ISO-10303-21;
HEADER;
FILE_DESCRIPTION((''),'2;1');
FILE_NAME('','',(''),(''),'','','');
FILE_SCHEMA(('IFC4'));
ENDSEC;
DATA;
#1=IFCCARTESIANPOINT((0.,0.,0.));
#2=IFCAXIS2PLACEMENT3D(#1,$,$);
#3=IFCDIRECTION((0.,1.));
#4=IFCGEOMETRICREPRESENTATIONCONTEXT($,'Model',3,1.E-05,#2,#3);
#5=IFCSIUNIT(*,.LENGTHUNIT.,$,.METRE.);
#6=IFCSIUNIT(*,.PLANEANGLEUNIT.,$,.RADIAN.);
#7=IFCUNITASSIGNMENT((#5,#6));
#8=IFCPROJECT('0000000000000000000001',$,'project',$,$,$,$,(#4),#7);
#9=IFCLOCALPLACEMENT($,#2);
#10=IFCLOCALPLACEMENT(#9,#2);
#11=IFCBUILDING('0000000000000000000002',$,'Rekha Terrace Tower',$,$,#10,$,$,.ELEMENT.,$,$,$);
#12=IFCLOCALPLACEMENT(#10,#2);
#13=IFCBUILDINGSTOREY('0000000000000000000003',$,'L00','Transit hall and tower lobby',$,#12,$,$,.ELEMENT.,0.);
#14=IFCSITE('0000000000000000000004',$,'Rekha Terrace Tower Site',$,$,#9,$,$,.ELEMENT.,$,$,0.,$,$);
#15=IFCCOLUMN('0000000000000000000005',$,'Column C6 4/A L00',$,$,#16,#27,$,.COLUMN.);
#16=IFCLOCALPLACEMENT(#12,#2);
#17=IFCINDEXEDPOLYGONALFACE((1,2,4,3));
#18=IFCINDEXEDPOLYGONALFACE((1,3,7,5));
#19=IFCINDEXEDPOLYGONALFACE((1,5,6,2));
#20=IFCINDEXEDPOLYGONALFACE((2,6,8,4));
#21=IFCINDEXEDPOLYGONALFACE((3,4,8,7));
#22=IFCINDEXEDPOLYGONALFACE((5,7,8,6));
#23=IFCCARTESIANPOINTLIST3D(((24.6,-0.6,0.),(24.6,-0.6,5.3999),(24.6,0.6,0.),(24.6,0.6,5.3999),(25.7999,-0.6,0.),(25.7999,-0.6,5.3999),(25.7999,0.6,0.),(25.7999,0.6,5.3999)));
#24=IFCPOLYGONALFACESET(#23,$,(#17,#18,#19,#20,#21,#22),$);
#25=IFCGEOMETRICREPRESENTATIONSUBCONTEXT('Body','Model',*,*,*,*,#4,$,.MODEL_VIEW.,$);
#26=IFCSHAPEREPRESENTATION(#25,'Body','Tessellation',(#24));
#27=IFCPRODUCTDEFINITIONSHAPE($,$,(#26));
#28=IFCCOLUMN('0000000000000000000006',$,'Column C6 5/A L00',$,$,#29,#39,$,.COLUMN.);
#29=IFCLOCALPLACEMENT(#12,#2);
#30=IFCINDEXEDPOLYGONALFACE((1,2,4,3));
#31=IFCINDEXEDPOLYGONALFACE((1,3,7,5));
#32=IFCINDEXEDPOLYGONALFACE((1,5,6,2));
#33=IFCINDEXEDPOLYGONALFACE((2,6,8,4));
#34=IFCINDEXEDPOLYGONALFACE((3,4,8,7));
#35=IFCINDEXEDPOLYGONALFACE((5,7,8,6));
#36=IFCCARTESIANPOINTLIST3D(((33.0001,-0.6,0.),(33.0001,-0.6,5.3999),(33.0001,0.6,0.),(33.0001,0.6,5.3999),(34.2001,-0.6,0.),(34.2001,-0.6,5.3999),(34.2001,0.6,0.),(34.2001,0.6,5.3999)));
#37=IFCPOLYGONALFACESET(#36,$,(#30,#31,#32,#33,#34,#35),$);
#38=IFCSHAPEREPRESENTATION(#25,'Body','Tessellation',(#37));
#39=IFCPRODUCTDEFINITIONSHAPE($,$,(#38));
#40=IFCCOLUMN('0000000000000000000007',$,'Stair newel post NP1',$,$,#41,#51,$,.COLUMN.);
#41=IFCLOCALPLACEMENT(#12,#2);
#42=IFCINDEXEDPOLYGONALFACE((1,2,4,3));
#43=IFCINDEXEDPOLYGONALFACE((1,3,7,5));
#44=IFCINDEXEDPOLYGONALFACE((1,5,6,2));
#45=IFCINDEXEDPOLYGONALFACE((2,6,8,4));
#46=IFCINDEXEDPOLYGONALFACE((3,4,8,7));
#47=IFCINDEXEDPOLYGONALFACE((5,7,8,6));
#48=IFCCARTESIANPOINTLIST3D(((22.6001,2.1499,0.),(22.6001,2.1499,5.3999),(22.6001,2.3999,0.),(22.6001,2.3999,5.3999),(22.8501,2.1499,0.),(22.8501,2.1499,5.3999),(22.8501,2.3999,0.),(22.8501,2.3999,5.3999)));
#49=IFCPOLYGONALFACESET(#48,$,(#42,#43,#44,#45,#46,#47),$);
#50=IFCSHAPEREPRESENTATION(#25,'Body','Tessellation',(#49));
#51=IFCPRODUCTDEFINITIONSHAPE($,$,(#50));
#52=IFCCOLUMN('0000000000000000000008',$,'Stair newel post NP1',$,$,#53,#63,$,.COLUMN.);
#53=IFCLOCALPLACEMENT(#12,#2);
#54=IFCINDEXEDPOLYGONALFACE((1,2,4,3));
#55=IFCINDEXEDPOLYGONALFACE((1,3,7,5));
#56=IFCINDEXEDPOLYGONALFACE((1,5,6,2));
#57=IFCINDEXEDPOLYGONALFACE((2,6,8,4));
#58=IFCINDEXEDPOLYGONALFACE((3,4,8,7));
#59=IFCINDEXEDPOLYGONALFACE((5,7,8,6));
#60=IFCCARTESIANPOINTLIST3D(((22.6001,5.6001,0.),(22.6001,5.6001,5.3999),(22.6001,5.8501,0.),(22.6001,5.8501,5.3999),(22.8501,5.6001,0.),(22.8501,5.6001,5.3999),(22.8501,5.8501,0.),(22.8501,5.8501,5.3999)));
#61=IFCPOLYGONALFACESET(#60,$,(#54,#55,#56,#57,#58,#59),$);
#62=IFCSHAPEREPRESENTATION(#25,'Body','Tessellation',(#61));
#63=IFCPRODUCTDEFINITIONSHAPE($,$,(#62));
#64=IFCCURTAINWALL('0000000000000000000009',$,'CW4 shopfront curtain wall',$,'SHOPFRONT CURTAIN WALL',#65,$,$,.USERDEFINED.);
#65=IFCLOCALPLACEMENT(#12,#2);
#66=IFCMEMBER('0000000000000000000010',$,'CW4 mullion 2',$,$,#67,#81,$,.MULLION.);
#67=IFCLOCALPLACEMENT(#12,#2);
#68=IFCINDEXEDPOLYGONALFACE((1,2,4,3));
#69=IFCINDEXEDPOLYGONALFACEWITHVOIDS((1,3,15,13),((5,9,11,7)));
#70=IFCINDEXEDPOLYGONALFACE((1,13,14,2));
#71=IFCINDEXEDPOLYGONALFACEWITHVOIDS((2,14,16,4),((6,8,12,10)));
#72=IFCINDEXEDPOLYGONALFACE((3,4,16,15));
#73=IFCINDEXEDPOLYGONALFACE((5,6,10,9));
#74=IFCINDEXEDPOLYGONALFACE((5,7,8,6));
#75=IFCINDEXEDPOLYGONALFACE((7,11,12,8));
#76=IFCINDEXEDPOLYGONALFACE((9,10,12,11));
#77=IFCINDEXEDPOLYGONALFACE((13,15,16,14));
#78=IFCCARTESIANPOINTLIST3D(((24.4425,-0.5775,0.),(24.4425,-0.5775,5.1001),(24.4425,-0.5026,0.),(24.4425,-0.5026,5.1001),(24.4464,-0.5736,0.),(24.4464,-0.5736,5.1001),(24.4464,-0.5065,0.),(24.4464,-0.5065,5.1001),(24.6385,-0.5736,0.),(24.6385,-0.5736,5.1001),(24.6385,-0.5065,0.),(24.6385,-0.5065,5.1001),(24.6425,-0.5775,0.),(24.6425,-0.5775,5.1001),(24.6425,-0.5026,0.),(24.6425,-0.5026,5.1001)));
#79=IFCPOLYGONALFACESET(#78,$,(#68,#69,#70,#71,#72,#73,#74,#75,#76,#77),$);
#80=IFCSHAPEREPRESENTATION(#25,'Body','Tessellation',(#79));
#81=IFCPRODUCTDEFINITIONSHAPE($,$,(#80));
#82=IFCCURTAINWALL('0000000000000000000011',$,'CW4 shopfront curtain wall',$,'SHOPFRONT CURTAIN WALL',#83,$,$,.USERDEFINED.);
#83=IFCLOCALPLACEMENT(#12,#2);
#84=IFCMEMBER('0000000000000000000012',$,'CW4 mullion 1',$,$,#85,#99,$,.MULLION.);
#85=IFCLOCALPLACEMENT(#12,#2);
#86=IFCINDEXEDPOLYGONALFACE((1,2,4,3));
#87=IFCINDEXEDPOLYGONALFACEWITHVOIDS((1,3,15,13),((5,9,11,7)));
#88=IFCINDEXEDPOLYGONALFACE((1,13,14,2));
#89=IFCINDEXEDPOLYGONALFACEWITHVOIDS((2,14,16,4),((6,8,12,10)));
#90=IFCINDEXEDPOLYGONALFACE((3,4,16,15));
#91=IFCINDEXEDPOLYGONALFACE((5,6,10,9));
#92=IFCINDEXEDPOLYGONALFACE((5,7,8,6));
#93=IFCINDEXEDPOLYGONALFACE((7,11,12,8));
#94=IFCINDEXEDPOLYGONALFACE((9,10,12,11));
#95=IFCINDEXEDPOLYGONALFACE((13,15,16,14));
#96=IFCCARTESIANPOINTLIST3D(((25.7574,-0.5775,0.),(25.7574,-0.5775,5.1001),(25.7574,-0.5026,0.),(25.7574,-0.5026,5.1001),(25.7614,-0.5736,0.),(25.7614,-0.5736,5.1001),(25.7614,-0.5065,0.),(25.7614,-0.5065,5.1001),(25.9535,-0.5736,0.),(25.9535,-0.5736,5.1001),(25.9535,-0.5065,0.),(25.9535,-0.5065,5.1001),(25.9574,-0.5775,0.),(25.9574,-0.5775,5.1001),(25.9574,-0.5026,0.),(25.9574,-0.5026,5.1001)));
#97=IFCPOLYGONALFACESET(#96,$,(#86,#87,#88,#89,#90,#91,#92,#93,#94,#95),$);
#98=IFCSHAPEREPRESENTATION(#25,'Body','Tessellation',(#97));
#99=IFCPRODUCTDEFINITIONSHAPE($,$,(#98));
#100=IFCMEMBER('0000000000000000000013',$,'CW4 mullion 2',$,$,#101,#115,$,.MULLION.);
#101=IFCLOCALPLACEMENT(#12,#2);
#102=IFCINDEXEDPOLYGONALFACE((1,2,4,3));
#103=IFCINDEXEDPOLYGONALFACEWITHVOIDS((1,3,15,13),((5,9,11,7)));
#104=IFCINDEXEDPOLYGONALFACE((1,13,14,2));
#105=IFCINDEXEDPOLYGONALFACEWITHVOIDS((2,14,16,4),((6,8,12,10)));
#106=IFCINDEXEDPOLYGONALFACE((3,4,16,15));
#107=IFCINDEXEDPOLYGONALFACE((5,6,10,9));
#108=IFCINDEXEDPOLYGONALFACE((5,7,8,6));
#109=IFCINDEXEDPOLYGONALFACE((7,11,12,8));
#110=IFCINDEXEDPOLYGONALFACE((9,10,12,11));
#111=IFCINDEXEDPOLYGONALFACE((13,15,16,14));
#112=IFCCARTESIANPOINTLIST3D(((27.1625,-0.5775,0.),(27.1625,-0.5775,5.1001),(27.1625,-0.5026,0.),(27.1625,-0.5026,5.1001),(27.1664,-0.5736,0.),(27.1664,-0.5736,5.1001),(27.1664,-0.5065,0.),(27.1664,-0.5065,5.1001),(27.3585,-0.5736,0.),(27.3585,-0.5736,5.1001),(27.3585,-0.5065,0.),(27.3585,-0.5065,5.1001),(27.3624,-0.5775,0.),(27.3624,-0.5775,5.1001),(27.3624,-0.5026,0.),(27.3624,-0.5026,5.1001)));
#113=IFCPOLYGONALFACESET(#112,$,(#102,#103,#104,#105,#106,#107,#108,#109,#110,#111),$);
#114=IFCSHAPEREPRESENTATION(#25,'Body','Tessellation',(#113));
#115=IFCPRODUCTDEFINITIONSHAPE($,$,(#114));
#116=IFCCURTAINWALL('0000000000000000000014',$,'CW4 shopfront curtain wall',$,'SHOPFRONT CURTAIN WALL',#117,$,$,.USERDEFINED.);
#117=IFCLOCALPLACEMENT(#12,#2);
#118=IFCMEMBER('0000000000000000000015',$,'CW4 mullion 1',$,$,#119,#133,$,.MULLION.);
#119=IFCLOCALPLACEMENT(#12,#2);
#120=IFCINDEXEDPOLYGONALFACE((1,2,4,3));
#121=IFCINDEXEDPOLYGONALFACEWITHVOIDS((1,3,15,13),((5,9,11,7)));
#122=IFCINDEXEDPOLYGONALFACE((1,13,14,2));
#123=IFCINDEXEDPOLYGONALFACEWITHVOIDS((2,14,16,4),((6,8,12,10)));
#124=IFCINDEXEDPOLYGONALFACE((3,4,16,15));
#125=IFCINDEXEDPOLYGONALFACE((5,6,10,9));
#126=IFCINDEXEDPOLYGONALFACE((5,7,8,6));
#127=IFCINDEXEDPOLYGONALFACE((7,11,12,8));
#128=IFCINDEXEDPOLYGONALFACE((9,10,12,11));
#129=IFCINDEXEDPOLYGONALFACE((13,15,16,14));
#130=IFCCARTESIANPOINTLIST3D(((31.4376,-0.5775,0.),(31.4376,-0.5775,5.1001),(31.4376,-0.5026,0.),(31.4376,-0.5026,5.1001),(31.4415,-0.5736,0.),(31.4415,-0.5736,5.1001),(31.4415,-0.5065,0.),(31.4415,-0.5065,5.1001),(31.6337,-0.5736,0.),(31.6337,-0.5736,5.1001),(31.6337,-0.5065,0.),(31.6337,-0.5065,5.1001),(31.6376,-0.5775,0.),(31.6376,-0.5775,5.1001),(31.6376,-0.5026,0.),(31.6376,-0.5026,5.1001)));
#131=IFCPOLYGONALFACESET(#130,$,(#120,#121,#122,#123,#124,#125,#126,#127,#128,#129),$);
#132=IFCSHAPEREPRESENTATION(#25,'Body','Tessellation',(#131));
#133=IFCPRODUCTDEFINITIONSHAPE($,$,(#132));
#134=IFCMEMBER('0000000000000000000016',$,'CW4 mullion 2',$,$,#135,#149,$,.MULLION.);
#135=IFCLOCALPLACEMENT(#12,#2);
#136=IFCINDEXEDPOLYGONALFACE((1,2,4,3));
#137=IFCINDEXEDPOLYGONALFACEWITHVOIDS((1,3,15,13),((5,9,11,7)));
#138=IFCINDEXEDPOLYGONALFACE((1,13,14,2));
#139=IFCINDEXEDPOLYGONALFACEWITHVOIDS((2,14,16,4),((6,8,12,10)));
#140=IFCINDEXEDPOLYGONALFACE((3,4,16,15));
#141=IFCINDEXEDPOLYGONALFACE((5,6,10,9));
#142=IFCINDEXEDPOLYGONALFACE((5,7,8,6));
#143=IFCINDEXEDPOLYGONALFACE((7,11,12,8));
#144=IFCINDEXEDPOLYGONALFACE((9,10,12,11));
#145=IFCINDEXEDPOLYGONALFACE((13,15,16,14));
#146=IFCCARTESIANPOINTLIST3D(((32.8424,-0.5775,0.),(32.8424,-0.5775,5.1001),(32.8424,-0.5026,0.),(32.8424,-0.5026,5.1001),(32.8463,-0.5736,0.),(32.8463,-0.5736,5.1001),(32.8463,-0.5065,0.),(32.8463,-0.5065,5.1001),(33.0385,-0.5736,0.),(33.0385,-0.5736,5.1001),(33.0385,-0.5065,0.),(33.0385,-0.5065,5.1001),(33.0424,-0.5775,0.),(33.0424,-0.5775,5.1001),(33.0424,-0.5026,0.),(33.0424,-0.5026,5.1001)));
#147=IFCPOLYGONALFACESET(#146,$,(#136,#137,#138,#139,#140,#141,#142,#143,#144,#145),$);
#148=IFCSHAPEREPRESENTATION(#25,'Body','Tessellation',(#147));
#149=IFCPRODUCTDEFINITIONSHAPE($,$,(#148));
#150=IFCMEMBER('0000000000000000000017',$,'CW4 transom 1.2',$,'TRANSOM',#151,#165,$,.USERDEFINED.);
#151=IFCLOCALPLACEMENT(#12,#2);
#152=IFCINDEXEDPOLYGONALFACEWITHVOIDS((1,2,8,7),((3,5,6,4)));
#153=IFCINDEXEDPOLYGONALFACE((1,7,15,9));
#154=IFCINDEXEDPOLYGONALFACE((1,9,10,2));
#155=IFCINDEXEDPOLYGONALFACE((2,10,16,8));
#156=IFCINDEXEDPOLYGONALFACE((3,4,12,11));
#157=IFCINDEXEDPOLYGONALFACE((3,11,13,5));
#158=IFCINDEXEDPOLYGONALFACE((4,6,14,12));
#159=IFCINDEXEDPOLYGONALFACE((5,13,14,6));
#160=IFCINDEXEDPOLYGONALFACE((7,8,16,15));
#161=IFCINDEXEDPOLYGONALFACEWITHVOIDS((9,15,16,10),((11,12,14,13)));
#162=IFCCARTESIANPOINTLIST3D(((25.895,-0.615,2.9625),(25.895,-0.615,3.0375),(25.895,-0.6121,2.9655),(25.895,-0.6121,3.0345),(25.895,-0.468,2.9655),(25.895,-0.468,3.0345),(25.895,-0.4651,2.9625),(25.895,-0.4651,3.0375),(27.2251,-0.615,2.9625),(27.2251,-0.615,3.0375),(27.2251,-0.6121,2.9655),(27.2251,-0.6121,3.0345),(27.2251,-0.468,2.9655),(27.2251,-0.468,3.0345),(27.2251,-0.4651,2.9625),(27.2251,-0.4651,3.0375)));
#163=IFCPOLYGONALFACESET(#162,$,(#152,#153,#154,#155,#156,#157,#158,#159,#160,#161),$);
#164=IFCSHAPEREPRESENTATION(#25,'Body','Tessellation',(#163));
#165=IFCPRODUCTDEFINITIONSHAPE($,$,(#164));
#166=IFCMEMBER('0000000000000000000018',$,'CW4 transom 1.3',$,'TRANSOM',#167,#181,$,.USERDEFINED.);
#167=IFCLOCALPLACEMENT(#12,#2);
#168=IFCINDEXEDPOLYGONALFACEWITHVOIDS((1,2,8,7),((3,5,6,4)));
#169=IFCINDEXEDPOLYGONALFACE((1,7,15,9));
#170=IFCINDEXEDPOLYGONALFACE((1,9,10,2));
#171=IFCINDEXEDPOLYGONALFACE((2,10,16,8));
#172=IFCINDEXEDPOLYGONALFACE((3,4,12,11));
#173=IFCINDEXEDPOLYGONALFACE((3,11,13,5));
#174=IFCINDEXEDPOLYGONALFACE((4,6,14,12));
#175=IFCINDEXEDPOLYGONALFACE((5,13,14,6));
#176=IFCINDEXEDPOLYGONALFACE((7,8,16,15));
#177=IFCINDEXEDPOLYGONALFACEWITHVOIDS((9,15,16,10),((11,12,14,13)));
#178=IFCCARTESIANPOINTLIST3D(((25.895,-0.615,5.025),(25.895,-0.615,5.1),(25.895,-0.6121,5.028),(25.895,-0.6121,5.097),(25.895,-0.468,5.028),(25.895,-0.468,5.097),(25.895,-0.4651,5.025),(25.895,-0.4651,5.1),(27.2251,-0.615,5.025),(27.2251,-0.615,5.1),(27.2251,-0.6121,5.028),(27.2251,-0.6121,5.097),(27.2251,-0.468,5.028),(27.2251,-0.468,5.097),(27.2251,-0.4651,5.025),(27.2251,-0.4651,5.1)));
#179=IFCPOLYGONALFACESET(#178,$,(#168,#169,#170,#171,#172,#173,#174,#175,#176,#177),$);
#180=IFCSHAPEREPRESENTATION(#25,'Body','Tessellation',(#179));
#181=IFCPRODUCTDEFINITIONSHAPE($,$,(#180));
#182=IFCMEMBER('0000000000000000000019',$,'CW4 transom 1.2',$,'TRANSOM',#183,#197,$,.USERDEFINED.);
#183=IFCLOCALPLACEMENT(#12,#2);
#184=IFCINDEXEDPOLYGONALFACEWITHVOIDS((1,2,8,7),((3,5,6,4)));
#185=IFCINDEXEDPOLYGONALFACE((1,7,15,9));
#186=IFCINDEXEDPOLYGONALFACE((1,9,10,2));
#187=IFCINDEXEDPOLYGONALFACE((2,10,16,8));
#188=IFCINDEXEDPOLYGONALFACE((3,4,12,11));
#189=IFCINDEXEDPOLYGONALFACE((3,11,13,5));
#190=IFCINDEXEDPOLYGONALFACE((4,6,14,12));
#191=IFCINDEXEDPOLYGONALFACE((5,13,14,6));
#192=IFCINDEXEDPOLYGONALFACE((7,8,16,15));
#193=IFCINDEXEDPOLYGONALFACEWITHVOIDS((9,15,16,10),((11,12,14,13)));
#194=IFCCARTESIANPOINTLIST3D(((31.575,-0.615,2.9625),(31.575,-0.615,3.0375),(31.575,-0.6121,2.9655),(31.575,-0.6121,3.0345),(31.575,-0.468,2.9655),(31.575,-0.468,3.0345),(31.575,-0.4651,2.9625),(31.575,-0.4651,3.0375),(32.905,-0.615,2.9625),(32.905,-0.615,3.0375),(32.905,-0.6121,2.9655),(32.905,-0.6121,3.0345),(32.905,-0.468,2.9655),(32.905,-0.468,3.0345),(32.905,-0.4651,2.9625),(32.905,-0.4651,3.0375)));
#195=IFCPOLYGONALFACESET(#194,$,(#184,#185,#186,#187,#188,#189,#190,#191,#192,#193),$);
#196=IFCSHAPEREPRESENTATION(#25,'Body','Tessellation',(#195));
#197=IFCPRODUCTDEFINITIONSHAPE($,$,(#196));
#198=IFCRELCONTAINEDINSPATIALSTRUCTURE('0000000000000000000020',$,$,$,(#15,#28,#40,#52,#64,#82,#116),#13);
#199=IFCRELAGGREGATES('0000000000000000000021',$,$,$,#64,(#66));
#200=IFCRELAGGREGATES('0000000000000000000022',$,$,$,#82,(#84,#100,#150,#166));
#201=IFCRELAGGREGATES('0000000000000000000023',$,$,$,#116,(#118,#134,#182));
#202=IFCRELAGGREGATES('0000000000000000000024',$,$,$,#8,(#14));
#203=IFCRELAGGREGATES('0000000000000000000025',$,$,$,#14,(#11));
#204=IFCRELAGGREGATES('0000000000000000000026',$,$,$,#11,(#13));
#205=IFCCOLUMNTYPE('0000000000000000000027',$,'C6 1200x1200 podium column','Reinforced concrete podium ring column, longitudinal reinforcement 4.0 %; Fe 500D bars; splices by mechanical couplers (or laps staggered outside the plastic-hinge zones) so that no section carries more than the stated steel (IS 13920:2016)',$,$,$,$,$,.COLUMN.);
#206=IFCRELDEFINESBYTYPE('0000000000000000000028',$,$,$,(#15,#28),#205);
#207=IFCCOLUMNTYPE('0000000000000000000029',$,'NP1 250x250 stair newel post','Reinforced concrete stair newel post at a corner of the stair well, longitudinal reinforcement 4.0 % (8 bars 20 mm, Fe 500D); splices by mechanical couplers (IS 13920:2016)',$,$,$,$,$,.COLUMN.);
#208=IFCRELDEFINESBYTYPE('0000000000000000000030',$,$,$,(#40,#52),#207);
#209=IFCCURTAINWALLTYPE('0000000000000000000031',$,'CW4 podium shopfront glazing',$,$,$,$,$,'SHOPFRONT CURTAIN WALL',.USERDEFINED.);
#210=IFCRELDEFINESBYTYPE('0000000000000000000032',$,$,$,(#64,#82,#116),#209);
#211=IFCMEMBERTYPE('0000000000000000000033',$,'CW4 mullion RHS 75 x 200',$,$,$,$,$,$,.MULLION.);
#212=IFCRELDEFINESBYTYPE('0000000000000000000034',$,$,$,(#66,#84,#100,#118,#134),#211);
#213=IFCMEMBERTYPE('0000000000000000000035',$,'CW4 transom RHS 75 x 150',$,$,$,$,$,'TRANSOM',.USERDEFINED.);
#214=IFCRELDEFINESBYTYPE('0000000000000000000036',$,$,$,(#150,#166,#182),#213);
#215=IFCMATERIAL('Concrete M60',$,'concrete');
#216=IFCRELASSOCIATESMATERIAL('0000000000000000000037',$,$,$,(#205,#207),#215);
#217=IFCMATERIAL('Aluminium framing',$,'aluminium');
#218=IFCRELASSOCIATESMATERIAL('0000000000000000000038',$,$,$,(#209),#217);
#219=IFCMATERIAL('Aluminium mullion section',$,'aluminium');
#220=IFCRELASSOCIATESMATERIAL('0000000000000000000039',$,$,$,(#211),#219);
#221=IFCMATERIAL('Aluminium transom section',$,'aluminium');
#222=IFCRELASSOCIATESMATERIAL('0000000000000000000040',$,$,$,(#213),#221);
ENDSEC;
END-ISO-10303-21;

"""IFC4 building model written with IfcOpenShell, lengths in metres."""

from ifc_helpers import new_model, si_unit, direction, frame, origin, origin_2d, place, context, subcontext, project, spatial, rectangle, hollow_rectangle, extrude, material, material_profile, profile_set, type_object, element, aggregate, save


model = new_model("IFC4")

# Units and contexts
model_context = context("Model", 3, precision=1e-05, world=origin(), true_north=direction((0.0, 1.0)))
body_context = subcontext(model_context, "Body", "Model", "MODEL_VIEW")
ifc_project = project(units=[si_unit("LENGTHUNIT", "METRE"), si_unit("PLANEANGLEUNIT", "RADIAN")], contexts=[model_context])

# Site, building, storey
site_placement = place(None, origin())
site = spatial("IfcSite", under=ifc_project, at=site_placement, Name="Rekha Terrace Tower Site", CompositionType="ELEMENT", RefElevation=0.0)
building_placement = place(site_placement, origin())
building = spatial("IfcBuilding", under=site, at=building_placement, Name="Rekha Terrace Tower", CompositionType="ELEMENT")
storey_placement = place(building_placement, origin())
storey = spatial("IfcBuildingStorey", under=building, at=storey_placement, Name="L00", Description="Transit hall and tower lobby", CompositionType="ELEMENT", Elevation=0.0)

# Columns
ifc_material_1 = material(Name="Concrete M60", Category="concrete")
ifc_material_profile_1 = material_profile(ifc_material_1, rectangle(XDim=1.2, YDim=1.2, at=origin_2d()), Name="RC 1200x1200")
ifc_profile_set_1 = profile_set([ifc_material_profile_1], Name="Concrete M60")
column_type_1 = type_object("IfcColumnType", Name="C6 1200x1200 podium column", Description="Reinforced concrete podium ring column, longitudinal reinforcement 4.0 %; Fe 500D bars; splices by mechanical couplers (or laps staggered outside the plastic-hinge zones) so that no section carries more than the stated steel (IS 13920:2016)", PredefinedType="COLUMN", material=ifc_profile_set_1)
for number, where, z_axis, x_axis, name in (
    (1, (25.2, 0.0, 0.0), (0.0, 0.0, 1.0), (1.0, 0.0, 0.0), "Column C6 4/A L00"),
    (2, (33.6001, 0.0, 0.0), (0.0, 0.0, 1.0), (1.0, 0.0, 0.0), "Column C6 5/A L00"),
):
    element("IfcColumn", number, at=place(storey_placement, frame(where, z_axis=z_axis, x_axis=x_axis)), inside=storey, type_object=column_type_1, Name=name, PredefinedType="COLUMN", context=body_context, shape_type="SweptSolid", body=[
        extrude(rectangle(XDim=1.2, YDim=1.2, at=origin_2d()), origin(), (0.0, 0.0, 1.0), 5.3999),
    ])
ifc_material_profile_2 = material_profile(ifc_material_1, rectangle(XDim=0.25, YDim=0.25, at=origin_2d()), Name="RC 250x250")
ifc_profile_set_2 = profile_set([ifc_material_profile_2], Name="Concrete M60")
column_type_2 = type_object("IfcColumnType", Name="NP1 250x250 stair newel post", Description="Reinforced concrete stair newel post at a corner of the stair well, longitudinal reinforcement 4.0 % (8 bars 20 mm, Fe 500D); splices by mechanical couplers (IS 13920:2016)", PredefinedType="COLUMN", material=ifc_profile_set_2)
for number, where, z_axis, x_axis, name in (
    (3, (22.7251, 2.2749, 0.0), (0.0, 0.0, 1.0), (1.0, 0.0, 0.0), "Stair newel post NP1"),
    (4, (22.7251, 5.7251, 0.0), (0.0, 0.0, 1.0), (1.0, 0.0, 0.0), "Stair newel post NP1"),
):
    element("IfcColumn", number, at=place(storey_placement, frame(where, z_axis=z_axis, x_axis=x_axis)), inside=storey, type_object=column_type_2, Name=name, PredefinedType="COLUMN", context=body_context, shape_type="SweptSolid", body=[
        extrude(rectangle(XDim=0.25, YDim=0.25, at=origin_2d()), origin(), (0.0, 0.0, 1.0), 5.3999),
    ])

# Curtain wall, member
ifc_material_2 = material(Name="Aluminium framing", Category="aluminium")
curtain_wall_type = type_object("IfcCurtainWallType", Name="CW4 podium shopfront glazing", ElementType="SHOPFRONT CURTAIN WALL", PredefinedType="USERDEFINED", material=ifc_material_2)
curtain_wall_1_placement = place(storey_placement, origin())
curtain_wall_1 = element("IfcCurtainWall", 5, at=curtain_wall_1_placement, inside=storey, type_object=curtain_wall_type, Name="CW4 shopfront curtain wall", ObjectType="SHOPFRONT CURTAIN WALL", PredefinedType="USERDEFINED")
ifc_material_3 = material(Name="Aluminium mullion section", Category="aluminium")
ifc_material_profile_3 = material_profile(ifc_material_3, hollow_rectangle(XDim=0.075, YDim=0.2, WallThickness=0.0039, at=origin_2d()), Name="AL RHS 75x200")
ifc_profile_set_3 = profile_set([ifc_material_profile_3], Name="Aluminium mullion section")
member_type_1 = type_object("IfcMemberType", Name="CW4 mullion RHS 75 x 200", PredefinedType="MULLION", material=ifc_profile_set_3)
member_1_placement = place(storey_placement, frame((24.5425, -0.54, 0.0), z_axis=(0.0, 0.0, 1.0), x_axis=(0.0, 1.0, 0.0)))
member_1 = element("IfcMember", 6, at=member_1_placement, type_object=member_type_1, Name="CW4 mullion 2", PredefinedType="MULLION", context=body_context, shape_type="SweptSolid", body=[
    extrude(hollow_rectangle(XDim=0.075, YDim=0.2, WallThickness=0.0039, at=origin_2d()), origin(), (0.0, 0.0, 1.0), 5.1001),
])
aggregate(curtain_wall_1, [member_1])

# Curtain walls, members
curtain_wall_2_placement = place(storey_placement, origin())
curtain_wall_2 = element("IfcCurtainWall", 7, at=curtain_wall_2_placement, inside=storey, type_object=curtain_wall_type, Name="CW4 shopfront curtain wall", ObjectType="SHOPFRONT CURTAIN WALL", PredefinedType="USERDEFINED")
member_2_placement = place(storey_placement, frame((25.8574, -0.54, 0.0), z_axis=(0.0, 0.0, 1.0), x_axis=(0.0, 1.0, 0.0)))
member_2 = element("IfcMember", 8, at=member_2_placement, type_object=member_type_1, Name="CW4 mullion 1", PredefinedType="MULLION", context=body_context, shape_type="SweptSolid", body=[
    extrude(hollow_rectangle(XDim=0.075, YDim=0.2, WallThickness=0.0039, at=origin_2d()), origin(), (0.0, 0.0, 1.0), 5.1001),
])
member_3_placement = place(storey_placement, frame((27.2625, -0.54, 0.0), z_axis=(0.0, 0.0, 1.0), x_axis=(0.0, 1.0, 0.0)))
member_3 = element("IfcMember", 9, at=member_3_placement, type_object=member_type_1, Name="CW4 mullion 2", PredefinedType="MULLION", context=body_context, shape_type="SweptSolid", body=[
    extrude(hollow_rectangle(XDim=0.075, YDim=0.2, WallThickness=0.0039, at=origin_2d()), origin(), (0.0, 0.0, 1.0), 5.1001),
])
curtain_wall_3_placement = place(storey_placement, origin())
curtain_wall_3 = element("IfcCurtainWall", 10, at=curtain_wall_3_placement, inside=storey, type_object=curtain_wall_type, Name="CW4 shopfront curtain wall", ObjectType="SHOPFRONT CURTAIN WALL", PredefinedType="USERDEFINED")
member_4_placement = place(storey_placement, frame((31.5376, -0.54, 0.0), z_axis=(0.0, 0.0, 1.0), x_axis=(0.0, 1.0, 0.0)))
member_4 = element("IfcMember", 11, at=member_4_placement, type_object=member_type_1, Name="CW4 mullion 1", PredefinedType="MULLION", context=body_context, shape_type="SweptSolid", body=[
    extrude(hollow_rectangle(XDim=0.075, YDim=0.2, WallThickness=0.0039, at=origin_2d()), origin(), (0.0, 0.0, 1.0), 5.1001),
])
member_5_placement = place(storey_placement, frame((32.9424, -0.54, 0.0), z_axis=(0.0, 0.0, 1.0), x_axis=(0.0, 1.0, 0.0)))
member_5 = element("IfcMember", 12, at=member_5_placement, type_object=member_type_1, Name="CW4 mullion 2", PredefinedType="MULLION", context=body_context, shape_type="SweptSolid", body=[
    extrude(hollow_rectangle(XDim=0.075, YDim=0.2, WallThickness=0.0039, at=origin_2d()), origin(), (0.0, 0.0, 1.0), 5.1001),
])

# Members
ifc_material_4 = material(Name="Aluminium transom section", Category="aluminium")
ifc_material_profile_4 = material_profile(ifc_material_4, hollow_rectangle(XDim=0.1499, YDim=0.075, WallThickness=0.0029, at=origin_2d()), Name="AL RHS 150x75")
ifc_profile_set_4 = profile_set([ifc_material_profile_4], Name="Aluminium transom section")
member_type_2 = type_object("IfcMemberType", Name="CW4 transom RHS 75 x 150", ElementType="TRANSOM", PredefinedType="USERDEFINED", material=ifc_profile_set_4)
member_6_placement = place(storey_placement, frame((25.895, -0.54, 3.0), z_axis=(1.0, 0.0, 0.0), x_axis=(0.0, 1.0, 0.0)))
member_6 = element("IfcMember", 13, at=member_6_placement, type_object=member_type_2, Name="CW4 transom 1.2", ObjectType="TRANSOM", PredefinedType="USERDEFINED", context=body_context, shape_type="SweptSolid", body=[
    extrude(hollow_rectangle(XDim=0.1499, YDim=0.075, WallThickness=0.0029, at=origin_2d()), origin(), (0.0, 0.0, 1.0), 1.3301),
])
member_7_placement = place(storey_placement, frame((25.895, -0.54, 5.0625), z_axis=(1.0, 0.0, 0.0), x_axis=(0.0, 1.0, 0.0)))
member_7 = element("IfcMember", 14, at=member_7_placement, type_object=member_type_2, Name="CW4 transom 1.3", ObjectType="TRANSOM", PredefinedType="USERDEFINED", context=body_context, shape_type="SweptSolid", body=[
    extrude(hollow_rectangle(XDim=0.1499, YDim=0.075, WallThickness=0.0029, at=origin_2d()), origin(), (0.0, 0.0, 1.0), 1.3301),
])
member_8_placement = place(storey_placement, frame((31.575, -0.54, 3.0), z_axis=(1.0, 0.0, 0.0), x_axis=(0.0, 1.0, 0.0)))
member_8 = element("IfcMember", 15, at=member_8_placement, type_object=member_type_2, Name="CW4 transom 1.2", ObjectType="TRANSOM", PredefinedType="USERDEFINED", context=body_context, shape_type="SweptSolid", body=[
    extrude(hollow_rectangle(XDim=0.1499, YDim=0.075, WallThickness=0.0029, at=origin_2d()), origin(), (0.0, 0.0, 1.0), 1.3301),
])

aggregate(curtain_wall_2, [member_2, member_3, member_6, member_7])
aggregate(curtain_wall_3, [member_4, member_5, member_8])

save(model, "model.ifc")
